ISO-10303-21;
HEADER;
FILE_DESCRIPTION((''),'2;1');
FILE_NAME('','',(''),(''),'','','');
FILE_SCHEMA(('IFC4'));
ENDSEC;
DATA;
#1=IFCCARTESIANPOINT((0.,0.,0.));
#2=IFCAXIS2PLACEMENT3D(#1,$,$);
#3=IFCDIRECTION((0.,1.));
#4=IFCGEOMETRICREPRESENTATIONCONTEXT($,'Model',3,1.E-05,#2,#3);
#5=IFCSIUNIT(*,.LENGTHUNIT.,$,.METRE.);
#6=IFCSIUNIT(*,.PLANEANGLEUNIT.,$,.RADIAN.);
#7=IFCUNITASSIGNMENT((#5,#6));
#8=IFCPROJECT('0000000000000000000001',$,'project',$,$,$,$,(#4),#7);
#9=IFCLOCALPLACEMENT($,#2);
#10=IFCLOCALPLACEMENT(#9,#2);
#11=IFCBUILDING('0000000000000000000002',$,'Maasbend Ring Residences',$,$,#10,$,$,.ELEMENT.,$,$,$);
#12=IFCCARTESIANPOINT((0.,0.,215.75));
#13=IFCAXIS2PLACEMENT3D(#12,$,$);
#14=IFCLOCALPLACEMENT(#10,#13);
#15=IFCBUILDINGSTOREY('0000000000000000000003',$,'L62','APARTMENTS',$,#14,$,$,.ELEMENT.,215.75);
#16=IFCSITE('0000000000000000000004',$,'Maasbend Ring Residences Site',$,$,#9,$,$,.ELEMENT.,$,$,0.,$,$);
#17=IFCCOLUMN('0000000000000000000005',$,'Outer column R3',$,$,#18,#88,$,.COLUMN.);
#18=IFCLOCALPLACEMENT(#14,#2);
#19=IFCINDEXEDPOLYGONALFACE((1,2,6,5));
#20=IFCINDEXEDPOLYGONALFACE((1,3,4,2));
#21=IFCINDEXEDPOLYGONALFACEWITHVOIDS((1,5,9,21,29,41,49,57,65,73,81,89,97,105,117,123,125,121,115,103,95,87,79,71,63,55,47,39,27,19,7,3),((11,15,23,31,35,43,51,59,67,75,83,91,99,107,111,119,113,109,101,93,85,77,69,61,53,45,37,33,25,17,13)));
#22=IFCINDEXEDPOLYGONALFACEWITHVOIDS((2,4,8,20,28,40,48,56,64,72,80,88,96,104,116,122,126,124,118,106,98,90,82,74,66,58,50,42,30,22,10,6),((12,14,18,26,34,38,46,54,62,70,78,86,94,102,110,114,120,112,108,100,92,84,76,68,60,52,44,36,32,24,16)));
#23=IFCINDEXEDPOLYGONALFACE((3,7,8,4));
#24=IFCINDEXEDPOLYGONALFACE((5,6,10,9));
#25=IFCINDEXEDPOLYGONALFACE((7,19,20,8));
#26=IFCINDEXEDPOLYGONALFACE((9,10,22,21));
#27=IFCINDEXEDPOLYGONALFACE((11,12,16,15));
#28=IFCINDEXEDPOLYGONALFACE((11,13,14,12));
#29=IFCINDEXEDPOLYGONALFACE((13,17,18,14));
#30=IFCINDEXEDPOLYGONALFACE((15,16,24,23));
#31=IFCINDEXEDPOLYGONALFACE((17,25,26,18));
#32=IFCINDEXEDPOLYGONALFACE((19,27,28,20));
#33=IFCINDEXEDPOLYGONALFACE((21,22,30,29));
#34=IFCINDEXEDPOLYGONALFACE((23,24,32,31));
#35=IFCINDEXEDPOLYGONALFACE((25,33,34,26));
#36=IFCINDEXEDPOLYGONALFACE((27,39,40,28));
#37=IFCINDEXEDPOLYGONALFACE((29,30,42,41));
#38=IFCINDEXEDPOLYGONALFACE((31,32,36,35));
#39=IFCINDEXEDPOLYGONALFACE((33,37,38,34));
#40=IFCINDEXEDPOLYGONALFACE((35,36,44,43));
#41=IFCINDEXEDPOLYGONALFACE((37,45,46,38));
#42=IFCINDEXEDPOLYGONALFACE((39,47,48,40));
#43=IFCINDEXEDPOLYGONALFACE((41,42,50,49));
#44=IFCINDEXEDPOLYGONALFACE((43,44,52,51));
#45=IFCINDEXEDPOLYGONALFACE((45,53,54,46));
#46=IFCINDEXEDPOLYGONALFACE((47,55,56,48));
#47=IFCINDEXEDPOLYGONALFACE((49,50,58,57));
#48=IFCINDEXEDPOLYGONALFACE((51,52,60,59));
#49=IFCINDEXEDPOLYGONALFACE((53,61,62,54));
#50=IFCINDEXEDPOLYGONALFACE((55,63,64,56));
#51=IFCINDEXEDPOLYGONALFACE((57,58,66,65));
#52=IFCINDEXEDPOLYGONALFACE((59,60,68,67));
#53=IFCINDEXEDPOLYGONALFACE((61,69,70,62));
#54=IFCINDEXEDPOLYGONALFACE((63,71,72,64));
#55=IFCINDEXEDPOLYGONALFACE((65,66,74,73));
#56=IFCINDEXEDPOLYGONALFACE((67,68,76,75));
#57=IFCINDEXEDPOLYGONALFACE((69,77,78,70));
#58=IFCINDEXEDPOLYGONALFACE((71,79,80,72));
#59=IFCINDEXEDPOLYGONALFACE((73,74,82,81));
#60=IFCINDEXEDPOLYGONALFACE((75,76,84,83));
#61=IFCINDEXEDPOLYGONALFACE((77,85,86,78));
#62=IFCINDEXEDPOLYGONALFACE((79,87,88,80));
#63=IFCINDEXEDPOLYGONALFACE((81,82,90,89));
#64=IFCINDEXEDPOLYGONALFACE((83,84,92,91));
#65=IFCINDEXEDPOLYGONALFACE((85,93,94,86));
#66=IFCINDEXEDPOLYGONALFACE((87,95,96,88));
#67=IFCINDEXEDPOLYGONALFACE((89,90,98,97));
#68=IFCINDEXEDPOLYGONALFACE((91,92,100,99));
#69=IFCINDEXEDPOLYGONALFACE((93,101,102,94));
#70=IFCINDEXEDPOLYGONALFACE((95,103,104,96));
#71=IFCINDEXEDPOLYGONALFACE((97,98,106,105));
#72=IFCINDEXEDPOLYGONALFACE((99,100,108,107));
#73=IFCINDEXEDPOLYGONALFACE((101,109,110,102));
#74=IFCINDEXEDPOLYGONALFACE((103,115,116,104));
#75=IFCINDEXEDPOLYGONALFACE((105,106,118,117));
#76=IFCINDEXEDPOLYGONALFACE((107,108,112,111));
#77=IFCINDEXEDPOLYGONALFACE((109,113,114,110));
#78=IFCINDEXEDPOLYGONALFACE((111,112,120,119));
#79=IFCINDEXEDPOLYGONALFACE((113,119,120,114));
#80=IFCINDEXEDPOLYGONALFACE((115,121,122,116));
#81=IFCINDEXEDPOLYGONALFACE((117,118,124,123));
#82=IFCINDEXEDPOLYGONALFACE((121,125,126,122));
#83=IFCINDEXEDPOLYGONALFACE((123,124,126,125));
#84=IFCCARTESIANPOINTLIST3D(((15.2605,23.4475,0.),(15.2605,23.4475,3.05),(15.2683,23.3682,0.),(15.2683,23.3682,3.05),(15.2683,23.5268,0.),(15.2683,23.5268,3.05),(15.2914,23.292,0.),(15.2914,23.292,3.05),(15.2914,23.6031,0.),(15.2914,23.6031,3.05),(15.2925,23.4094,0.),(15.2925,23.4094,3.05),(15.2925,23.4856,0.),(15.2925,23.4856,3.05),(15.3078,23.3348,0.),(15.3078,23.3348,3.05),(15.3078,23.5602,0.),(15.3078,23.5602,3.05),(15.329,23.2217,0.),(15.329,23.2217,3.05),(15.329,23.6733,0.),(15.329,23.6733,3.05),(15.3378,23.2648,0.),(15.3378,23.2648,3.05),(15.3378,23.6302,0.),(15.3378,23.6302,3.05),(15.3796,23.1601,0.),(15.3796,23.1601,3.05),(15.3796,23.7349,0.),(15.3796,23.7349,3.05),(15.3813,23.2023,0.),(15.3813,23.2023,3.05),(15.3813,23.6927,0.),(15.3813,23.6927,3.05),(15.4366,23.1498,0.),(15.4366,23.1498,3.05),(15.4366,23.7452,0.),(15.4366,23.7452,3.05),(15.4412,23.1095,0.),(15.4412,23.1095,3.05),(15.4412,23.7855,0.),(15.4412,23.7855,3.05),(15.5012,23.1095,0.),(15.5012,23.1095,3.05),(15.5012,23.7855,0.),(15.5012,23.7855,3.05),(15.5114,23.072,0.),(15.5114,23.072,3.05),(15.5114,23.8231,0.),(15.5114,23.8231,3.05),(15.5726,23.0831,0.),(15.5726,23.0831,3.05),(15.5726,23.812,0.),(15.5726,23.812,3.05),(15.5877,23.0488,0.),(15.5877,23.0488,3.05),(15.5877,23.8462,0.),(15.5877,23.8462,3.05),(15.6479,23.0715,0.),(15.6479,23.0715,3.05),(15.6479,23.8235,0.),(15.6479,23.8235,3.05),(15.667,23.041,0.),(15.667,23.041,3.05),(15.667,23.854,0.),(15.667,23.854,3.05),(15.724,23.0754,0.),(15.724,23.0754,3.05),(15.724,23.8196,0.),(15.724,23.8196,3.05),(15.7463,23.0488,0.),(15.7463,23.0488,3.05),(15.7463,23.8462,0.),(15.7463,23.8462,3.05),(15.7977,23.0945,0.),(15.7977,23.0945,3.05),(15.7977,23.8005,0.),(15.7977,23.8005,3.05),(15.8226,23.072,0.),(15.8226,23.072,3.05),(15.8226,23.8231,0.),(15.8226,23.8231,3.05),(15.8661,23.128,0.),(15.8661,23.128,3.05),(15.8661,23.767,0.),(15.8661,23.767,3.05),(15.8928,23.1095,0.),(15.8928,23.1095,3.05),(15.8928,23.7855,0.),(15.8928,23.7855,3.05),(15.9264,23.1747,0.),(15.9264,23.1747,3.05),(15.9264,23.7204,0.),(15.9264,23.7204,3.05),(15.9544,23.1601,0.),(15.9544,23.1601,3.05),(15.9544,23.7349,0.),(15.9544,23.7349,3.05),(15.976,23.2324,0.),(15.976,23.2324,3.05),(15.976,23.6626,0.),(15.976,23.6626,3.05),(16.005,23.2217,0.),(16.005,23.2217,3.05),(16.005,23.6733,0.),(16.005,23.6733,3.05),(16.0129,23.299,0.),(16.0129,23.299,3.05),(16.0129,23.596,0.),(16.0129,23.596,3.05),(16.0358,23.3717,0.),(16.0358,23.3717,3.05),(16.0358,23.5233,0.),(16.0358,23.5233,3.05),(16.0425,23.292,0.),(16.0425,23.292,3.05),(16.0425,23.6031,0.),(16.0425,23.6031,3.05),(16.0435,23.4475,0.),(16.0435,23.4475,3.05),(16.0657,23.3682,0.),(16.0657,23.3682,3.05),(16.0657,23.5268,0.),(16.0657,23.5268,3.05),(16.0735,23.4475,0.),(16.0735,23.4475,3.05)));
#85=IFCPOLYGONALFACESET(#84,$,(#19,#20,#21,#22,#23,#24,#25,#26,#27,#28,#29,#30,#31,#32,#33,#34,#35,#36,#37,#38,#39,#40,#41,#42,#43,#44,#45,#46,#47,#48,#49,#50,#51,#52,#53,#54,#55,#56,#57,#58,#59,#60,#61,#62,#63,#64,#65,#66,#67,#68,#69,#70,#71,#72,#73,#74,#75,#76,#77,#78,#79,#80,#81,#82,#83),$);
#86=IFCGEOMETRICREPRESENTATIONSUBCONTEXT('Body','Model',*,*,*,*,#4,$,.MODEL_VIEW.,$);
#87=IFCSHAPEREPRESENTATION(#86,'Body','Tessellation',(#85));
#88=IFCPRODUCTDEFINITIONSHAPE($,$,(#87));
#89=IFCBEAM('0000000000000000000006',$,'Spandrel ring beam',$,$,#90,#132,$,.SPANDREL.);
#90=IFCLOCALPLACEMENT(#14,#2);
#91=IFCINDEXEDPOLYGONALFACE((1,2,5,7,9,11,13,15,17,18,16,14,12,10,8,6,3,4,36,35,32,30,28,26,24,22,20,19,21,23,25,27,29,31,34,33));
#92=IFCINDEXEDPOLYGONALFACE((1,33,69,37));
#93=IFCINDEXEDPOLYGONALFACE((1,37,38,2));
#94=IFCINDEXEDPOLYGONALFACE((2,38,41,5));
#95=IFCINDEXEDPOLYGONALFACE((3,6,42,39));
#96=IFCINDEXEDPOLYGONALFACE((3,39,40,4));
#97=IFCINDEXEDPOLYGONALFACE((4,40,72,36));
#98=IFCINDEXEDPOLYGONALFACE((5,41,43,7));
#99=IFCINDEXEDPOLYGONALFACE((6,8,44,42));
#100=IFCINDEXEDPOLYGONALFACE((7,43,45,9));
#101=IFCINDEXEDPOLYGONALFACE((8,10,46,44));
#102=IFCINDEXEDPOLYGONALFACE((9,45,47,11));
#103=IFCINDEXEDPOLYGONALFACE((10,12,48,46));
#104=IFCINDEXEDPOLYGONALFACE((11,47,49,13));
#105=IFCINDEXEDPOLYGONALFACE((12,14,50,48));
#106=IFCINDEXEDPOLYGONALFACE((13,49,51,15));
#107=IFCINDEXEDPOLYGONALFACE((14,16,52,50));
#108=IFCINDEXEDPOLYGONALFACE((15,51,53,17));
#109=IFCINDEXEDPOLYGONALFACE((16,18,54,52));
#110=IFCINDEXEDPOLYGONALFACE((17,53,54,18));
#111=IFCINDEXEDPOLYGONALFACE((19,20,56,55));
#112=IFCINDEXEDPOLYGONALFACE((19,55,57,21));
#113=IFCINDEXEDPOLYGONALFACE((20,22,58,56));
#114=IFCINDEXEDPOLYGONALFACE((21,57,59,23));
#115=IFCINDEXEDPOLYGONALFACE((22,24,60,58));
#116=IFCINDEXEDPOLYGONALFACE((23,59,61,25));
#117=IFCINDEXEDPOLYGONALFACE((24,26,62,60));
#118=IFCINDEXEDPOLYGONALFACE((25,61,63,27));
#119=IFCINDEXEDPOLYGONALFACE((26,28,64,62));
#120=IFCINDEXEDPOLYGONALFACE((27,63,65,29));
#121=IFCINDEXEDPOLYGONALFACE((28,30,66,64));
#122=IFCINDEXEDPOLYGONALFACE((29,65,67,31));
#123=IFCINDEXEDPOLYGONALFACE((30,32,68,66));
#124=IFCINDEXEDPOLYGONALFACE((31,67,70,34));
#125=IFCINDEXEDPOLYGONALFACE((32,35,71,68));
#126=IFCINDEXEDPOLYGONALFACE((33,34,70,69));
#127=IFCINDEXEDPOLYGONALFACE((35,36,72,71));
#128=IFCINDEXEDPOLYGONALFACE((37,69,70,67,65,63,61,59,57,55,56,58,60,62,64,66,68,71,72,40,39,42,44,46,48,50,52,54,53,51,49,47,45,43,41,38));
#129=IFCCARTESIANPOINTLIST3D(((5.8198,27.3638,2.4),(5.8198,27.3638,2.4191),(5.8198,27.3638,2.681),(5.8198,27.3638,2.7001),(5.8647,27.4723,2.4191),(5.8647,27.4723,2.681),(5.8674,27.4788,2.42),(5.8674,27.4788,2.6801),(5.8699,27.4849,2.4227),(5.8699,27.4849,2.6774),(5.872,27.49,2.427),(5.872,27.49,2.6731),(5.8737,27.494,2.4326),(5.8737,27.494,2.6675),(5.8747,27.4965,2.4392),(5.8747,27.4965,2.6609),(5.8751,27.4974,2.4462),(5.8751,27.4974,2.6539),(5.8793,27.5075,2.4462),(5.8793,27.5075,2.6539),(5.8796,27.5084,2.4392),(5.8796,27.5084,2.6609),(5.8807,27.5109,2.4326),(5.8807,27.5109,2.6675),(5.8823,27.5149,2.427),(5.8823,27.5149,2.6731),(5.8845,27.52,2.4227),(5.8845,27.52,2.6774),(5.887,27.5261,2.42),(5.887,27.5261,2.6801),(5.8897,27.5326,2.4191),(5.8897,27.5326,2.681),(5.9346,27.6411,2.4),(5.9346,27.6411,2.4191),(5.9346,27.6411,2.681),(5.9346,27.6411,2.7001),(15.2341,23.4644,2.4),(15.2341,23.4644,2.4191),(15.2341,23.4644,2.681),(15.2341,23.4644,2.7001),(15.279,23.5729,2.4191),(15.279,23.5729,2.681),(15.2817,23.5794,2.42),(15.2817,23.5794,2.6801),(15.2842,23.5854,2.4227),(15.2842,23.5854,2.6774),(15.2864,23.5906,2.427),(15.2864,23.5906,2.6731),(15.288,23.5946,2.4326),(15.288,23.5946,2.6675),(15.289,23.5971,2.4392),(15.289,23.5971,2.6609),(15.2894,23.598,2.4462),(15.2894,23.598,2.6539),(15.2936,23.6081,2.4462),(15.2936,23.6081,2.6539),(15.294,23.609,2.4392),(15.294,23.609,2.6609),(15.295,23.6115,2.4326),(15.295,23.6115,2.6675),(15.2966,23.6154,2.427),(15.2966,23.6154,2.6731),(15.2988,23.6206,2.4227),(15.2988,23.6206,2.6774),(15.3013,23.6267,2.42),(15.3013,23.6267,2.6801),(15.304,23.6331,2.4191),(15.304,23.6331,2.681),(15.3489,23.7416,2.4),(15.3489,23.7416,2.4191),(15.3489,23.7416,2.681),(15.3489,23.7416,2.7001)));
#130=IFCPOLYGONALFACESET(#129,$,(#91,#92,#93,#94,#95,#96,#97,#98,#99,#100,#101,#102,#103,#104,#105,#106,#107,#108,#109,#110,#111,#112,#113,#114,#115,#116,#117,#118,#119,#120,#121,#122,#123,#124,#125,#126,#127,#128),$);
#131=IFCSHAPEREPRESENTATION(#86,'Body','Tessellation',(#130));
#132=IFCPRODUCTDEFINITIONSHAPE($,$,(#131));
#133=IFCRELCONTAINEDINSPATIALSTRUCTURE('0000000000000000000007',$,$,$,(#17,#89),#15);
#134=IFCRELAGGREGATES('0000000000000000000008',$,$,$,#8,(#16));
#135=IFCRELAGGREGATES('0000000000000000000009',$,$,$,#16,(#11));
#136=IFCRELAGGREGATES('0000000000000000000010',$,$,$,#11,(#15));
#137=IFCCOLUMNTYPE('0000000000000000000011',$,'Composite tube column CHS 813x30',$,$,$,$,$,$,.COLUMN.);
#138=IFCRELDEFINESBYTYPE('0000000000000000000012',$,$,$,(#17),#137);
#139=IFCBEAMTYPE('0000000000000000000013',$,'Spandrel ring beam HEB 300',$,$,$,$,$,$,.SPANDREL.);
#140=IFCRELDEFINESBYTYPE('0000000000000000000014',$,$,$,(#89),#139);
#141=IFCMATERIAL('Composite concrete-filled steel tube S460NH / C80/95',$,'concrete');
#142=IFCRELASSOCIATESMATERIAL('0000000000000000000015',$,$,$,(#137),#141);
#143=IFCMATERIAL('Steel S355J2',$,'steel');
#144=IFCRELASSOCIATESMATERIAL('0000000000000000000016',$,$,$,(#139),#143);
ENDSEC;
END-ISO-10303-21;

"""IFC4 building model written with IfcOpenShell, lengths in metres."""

from ifc_helpers import new_model, si_unit, direction, frame, origin, origin_2d, place, context, subcontext, project, spatial, hollow_circle, i_section, extrude, material, material_profile, profile_set, type_object, element, save


model = new_model("IFC4")

# Units and contexts
model_context = context("Model", 3, precision=1e-05, world=origin(), true_north=direction((0.0, 1.0)))
body_context = subcontext(model_context, "Body", "Model", "MODEL_VIEW")
ifc_project = project(units=[si_unit("LENGTHUNIT", "METRE"), si_unit("PLANEANGLEUNIT", "RADIAN")], contexts=[model_context])

# Site, building, storey
site_placement = place(None, origin())
site = spatial("IfcSite", under=ifc_project, at=site_placement, Name="Maasbend Ring Residences Site", CompositionType="ELEMENT", RefElevation=0.0)
building_placement = place(site_placement, origin())
building = spatial("IfcBuilding", under=site, at=building_placement, Name="Maasbend Ring Residences", CompositionType="ELEMENT")
storey_placement = place(building_placement, frame((0.0, 0.0, 215.75)))
storey = spatial("IfcBuildingStorey", under=building, at=storey_placement, Name="L62", Description="APARTMENTS", CompositionType="ELEMENT", Elevation=215.75)

# Column
ifc_material_1 = material(Name="Composite concrete-filled steel tube S460NH / C80/95", Category="concrete")
ifc_material_profile_1 = material_profile(ifc_material_1, hollow_circle(Radius=0.4065, WallThickness=0.03, at=origin_2d()), Name="Composite tube column CHS 813x30")
ifc_profile_set_1 = profile_set([ifc_material_profile_1], Name="Composite concrete-filled steel tube S460NH / C80/95")
column_type = type_object("IfcColumnType", Name="Composite tube column CHS 813x30", PredefinedType="COLUMN", material=ifc_profile_set_1)
column_placement = place(storey_placement, frame((15.667, 23.4475, 0.0), z_axis=(0.0, 0.0, 1.0), x_axis=(1.0, 0.0, 0.0)))
element("IfcColumn", 1, at=column_placement, inside=storey, type_object=column_type, Name="Outer column R3", PredefinedType="COLUMN", context=body_context, shape_type="SweptSolid", body=[
    extrude(hollow_circle(Radius=0.4065, WallThickness=0.03, at=origin_2d()), origin(), (0.0, 0.0, 1.0), 3.05),
])

# Beam
ifc_material_2 = material(Name="Steel S355J2", Category="steel")
ifc_material_profile_2 = material_profile(ifc_material_2, i_section(OverallWidth=0.3, OverallDepth=0.3, WebThickness=0.011, FlangeThickness=0.019, FilletRadius=0.0271, at=origin_2d()), Name="HEB 300")
ifc_profile_set_2 = profile_set([ifc_material_profile_2], Name="Steel S355J2")
beam_type = type_object("IfcBeamType", Name="Spandrel ring beam HEB 300", PredefinedType="SPANDREL", material=ifc_profile_set_2)
beam_placement = place(storey_placement, frame((15.2915, 23.603, 2.55), z_axis=(-0.923884, 0.382673, 0.0), x_axis=(-0.382673, -0.923884, 0.0)))
element("IfcBeam", 2, at=beam_placement, inside=storey, type_object=beam_type, Name="Spandrel ring beam", PredefinedType="SPANDREL", context=body_context, shape_type="SweptSolid", body=[
    extrude(i_section(OverallWidth=0.3, OverallDepth=0.3, WebThickness=0.011, FlangeThickness=0.019, FilletRadius=0.0271, at=origin_2d()), origin(), (0.0, 0.0, 1.0), 10.1899),
])

save(model, "model.ifc")
